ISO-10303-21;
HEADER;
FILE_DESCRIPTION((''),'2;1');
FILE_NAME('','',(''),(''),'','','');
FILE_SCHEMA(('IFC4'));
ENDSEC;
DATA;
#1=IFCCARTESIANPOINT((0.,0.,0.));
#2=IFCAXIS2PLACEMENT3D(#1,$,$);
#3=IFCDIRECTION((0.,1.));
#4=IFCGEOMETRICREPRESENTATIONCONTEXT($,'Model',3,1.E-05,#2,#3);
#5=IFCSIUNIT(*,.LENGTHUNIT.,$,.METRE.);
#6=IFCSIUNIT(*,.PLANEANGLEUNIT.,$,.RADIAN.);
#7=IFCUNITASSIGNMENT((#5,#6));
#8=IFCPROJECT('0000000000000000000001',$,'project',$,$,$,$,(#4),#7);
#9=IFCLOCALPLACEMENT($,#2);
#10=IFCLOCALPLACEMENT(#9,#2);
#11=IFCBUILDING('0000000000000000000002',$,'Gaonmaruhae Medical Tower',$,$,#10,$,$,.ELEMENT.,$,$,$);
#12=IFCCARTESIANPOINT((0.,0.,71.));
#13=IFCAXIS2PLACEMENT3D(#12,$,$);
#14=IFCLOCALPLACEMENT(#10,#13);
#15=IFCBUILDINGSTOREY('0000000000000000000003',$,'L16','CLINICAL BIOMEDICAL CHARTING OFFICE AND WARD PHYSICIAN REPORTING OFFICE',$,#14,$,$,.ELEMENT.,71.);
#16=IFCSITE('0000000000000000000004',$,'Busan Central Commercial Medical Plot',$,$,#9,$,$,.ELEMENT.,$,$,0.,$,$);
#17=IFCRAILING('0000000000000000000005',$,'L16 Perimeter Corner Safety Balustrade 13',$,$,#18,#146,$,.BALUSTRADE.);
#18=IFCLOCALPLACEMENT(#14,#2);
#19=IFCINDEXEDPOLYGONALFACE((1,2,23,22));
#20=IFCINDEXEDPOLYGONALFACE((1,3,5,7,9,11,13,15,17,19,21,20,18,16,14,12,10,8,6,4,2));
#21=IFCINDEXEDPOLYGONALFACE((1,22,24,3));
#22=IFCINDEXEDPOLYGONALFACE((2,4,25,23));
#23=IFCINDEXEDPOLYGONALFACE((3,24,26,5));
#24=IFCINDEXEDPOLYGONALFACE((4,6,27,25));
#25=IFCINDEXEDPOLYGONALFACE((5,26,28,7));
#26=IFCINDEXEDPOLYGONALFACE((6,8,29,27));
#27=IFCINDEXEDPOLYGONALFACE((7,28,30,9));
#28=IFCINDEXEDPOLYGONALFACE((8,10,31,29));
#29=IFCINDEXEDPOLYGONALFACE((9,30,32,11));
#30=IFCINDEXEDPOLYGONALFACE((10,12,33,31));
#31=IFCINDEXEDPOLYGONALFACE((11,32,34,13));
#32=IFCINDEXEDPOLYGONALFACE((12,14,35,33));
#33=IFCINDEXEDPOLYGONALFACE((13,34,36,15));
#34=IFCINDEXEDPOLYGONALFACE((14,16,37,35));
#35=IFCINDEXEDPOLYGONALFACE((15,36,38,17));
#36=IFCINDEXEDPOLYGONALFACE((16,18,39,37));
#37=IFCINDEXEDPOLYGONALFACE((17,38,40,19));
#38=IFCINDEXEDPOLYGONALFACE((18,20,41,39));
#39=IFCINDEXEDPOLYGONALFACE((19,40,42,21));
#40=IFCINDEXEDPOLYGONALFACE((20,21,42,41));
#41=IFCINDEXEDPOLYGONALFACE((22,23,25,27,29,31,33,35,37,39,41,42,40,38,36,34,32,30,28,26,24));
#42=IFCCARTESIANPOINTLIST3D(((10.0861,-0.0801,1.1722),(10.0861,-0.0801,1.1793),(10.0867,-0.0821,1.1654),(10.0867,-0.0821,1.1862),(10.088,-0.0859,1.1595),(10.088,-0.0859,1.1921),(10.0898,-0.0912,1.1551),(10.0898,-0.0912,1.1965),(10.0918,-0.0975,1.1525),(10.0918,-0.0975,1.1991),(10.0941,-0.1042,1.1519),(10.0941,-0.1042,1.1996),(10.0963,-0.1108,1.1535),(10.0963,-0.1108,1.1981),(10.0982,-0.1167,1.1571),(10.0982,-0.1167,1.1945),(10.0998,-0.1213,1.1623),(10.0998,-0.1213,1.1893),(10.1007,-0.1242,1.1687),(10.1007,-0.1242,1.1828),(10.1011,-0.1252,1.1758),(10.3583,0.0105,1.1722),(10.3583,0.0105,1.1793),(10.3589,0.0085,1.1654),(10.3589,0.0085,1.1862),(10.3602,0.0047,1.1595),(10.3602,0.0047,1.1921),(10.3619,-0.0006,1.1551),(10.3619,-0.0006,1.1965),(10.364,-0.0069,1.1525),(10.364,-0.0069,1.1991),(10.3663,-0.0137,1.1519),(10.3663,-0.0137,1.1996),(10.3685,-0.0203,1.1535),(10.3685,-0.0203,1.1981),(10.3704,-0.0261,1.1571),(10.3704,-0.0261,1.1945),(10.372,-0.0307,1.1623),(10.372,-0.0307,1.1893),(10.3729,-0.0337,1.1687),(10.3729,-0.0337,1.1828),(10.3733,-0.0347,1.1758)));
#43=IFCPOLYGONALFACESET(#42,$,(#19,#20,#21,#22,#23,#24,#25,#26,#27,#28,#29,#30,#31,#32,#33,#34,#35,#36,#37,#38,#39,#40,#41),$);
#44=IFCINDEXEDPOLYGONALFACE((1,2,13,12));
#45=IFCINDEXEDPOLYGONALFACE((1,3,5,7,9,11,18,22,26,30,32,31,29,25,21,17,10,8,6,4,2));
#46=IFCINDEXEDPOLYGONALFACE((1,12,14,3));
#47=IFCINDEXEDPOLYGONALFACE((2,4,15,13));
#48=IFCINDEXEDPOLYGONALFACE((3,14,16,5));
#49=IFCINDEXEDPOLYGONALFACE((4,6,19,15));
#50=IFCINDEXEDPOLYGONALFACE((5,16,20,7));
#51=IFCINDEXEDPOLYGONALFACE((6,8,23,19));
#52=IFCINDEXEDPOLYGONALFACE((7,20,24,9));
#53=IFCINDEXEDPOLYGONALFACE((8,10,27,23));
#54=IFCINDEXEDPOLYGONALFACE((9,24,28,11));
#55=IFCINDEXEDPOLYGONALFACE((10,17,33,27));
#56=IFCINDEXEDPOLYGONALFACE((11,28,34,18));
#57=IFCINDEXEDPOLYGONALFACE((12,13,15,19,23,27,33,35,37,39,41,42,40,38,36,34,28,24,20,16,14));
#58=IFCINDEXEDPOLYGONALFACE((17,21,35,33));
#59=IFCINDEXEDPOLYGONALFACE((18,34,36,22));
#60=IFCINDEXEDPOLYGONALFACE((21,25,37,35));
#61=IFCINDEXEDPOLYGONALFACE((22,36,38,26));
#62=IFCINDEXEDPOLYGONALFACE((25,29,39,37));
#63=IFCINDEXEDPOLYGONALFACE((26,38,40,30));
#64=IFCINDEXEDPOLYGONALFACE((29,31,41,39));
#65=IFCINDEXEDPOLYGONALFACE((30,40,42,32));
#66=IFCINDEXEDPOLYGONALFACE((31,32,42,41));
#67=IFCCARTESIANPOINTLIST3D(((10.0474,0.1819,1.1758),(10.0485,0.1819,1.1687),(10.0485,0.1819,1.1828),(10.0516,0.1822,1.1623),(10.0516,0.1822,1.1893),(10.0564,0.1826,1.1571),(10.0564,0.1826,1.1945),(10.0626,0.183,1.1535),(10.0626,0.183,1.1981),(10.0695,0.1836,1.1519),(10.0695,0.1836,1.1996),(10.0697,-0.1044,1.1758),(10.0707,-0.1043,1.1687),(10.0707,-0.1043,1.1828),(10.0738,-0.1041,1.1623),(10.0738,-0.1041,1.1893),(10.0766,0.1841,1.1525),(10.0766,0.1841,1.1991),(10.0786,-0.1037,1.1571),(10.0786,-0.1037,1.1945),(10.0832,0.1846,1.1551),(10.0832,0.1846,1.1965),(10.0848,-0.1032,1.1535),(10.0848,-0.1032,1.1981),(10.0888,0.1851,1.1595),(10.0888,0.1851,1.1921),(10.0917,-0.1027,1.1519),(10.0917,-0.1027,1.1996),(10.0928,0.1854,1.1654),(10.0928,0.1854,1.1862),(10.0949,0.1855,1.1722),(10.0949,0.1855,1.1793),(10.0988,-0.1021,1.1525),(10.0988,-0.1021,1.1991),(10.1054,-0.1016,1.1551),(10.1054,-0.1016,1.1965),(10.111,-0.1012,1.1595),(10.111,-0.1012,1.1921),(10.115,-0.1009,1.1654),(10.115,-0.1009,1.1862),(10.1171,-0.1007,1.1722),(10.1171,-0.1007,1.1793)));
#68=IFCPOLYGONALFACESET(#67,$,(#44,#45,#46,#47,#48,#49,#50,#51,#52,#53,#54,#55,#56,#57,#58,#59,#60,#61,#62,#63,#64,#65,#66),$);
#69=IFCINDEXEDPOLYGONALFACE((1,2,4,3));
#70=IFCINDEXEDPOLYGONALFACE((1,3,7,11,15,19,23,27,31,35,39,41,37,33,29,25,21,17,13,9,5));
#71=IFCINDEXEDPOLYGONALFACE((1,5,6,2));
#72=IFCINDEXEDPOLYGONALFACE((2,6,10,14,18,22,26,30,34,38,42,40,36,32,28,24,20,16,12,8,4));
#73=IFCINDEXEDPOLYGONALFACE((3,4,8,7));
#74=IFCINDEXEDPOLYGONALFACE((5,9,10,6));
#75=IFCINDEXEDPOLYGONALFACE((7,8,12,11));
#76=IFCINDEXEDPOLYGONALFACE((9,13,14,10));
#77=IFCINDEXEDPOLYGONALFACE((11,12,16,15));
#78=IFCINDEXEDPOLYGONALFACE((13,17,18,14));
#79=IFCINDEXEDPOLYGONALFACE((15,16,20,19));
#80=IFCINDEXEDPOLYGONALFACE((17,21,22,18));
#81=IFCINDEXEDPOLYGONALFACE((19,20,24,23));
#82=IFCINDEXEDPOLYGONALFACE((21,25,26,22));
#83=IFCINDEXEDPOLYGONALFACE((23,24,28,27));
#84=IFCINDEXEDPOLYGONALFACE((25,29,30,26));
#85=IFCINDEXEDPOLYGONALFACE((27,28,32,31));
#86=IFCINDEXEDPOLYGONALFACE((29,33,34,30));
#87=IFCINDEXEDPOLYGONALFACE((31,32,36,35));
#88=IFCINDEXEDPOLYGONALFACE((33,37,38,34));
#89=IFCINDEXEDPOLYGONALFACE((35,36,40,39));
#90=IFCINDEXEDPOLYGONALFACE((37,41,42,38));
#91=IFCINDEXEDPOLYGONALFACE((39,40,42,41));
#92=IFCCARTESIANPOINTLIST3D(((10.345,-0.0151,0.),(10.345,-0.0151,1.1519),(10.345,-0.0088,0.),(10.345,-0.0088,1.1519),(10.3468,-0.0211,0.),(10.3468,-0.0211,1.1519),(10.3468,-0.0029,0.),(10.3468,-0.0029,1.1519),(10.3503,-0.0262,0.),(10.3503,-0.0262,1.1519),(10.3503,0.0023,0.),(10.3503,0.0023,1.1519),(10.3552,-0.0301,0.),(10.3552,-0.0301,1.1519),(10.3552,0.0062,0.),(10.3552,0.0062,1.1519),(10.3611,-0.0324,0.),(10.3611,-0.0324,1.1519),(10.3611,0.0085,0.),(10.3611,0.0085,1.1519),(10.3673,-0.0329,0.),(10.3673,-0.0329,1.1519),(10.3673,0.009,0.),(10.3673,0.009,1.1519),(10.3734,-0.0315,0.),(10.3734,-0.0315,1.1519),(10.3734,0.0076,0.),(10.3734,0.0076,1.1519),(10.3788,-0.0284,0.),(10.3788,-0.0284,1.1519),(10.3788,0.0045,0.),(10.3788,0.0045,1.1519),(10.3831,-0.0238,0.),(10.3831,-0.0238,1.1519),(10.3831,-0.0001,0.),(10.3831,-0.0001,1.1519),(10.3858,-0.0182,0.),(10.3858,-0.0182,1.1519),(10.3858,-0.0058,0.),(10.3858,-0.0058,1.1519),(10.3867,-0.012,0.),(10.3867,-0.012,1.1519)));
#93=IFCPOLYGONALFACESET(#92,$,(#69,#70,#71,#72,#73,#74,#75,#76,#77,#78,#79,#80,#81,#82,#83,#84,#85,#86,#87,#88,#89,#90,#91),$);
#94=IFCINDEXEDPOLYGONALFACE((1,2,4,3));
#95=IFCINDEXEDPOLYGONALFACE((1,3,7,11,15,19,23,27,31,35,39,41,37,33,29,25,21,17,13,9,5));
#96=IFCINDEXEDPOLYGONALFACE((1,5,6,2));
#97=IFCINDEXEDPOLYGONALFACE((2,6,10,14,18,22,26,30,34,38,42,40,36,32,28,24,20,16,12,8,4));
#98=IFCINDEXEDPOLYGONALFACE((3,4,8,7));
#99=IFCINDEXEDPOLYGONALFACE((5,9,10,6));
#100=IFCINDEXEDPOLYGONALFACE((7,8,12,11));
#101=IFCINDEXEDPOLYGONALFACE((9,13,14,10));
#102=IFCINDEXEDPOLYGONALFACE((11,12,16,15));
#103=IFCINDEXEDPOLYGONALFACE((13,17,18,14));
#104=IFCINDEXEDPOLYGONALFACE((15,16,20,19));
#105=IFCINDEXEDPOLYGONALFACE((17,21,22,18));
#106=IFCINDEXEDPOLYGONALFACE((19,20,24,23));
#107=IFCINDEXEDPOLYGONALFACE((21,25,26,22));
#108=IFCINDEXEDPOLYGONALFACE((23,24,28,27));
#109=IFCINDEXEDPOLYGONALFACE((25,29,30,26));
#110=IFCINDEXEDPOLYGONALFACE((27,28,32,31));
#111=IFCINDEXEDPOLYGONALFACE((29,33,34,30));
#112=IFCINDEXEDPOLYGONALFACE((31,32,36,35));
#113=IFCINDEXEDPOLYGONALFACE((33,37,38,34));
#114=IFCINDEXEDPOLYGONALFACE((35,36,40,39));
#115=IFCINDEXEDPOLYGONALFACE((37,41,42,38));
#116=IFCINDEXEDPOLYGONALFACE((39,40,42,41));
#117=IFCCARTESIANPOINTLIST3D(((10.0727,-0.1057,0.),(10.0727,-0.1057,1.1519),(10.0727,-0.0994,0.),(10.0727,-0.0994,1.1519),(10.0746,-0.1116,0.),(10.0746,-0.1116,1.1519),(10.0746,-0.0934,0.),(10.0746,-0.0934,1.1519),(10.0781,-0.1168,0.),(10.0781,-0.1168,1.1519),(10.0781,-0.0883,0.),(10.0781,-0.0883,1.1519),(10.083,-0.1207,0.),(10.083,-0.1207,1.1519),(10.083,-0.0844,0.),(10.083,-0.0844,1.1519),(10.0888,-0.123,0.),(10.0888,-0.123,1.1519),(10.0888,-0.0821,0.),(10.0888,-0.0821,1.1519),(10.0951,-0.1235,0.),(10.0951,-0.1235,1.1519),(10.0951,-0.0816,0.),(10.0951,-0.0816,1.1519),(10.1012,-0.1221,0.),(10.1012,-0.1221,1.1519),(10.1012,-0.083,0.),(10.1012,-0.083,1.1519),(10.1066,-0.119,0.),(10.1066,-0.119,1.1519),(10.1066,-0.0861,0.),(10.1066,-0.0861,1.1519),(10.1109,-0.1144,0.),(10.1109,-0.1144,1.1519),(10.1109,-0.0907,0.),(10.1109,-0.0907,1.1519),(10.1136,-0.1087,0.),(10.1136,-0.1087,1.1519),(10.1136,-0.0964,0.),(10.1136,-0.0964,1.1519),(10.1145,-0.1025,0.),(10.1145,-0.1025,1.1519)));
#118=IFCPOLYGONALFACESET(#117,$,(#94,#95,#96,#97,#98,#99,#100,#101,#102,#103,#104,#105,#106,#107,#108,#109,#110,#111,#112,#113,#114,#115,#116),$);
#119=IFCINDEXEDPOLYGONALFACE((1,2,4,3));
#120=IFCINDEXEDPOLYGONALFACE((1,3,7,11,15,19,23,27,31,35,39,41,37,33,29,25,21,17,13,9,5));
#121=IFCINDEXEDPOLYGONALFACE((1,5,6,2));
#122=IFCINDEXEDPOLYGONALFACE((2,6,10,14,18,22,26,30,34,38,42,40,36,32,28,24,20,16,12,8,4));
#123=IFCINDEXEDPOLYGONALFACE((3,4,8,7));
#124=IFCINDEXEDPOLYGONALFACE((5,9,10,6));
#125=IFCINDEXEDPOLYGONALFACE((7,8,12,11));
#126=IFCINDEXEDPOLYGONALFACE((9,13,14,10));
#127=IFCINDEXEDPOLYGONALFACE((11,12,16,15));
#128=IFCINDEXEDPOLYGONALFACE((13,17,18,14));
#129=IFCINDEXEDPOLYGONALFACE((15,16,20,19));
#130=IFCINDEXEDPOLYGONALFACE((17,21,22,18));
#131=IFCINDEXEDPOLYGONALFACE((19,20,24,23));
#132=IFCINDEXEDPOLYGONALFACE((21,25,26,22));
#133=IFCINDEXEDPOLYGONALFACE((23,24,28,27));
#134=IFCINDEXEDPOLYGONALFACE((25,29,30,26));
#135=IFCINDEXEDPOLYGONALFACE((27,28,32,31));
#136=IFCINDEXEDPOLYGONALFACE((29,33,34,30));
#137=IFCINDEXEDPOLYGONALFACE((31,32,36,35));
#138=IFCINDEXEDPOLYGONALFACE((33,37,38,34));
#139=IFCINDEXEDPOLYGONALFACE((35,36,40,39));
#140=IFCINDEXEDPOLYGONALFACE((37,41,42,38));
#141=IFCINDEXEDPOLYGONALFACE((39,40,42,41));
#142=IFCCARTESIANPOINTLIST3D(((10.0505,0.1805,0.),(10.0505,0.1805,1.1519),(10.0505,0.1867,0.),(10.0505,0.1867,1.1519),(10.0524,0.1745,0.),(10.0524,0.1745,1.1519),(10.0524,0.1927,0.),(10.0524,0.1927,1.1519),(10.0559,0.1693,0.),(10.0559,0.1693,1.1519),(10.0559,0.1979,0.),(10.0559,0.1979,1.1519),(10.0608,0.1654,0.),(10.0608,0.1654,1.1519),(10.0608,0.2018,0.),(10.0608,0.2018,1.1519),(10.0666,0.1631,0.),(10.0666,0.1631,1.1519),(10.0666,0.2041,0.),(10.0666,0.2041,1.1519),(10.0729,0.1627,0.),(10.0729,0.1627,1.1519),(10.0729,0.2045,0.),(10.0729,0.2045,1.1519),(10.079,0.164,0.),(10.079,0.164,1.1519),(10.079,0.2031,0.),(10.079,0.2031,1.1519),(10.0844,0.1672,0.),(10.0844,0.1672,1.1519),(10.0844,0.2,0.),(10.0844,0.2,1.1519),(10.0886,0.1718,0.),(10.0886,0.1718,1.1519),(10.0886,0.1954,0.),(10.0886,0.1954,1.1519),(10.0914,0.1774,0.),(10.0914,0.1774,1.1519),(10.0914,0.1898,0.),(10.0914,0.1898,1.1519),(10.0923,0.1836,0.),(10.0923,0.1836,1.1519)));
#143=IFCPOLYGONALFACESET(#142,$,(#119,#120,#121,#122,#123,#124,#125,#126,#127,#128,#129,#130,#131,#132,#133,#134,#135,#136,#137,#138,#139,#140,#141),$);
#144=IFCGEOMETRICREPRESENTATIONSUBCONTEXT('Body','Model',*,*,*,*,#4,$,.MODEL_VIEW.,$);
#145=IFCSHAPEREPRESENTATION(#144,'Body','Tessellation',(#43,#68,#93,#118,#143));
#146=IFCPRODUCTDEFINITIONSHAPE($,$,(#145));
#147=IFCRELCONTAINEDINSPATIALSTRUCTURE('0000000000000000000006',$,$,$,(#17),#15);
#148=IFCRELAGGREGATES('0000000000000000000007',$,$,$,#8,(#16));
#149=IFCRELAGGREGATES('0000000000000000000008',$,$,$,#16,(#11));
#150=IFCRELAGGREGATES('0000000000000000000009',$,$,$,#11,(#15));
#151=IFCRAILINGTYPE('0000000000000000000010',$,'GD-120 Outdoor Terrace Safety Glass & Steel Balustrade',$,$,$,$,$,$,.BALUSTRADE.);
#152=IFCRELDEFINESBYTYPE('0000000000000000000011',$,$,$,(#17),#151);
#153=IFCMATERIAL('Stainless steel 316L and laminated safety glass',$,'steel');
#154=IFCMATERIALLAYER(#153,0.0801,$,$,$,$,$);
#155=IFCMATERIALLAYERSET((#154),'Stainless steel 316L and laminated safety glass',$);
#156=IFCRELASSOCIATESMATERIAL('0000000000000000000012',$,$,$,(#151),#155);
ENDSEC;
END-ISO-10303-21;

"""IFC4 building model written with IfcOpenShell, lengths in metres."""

from ifc_helpers import new_model, si_unit, direction, frame, origin, origin_2d, place, context, subcontext, project, spatial, circle, extrude, material, layer, layer_set, type_object, element, save


model = new_model("IFC4")

# Units and contexts
model_context = context("Model", 3, precision=1e-05, world=origin(), true_north=direction((0.0, 1.0)))
body_context = subcontext(model_context, "Body", "Model", "MODEL_VIEW")
ifc_project = project(units=[si_unit("LENGTHUNIT", "METRE"), si_unit("PLANEANGLEUNIT", "RADIAN")], contexts=[model_context])

# Site, building, storey
site_placement = place(None, origin())
site = spatial("IfcSite", under=ifc_project, at=site_placement, Name="Busan Central Commercial Medical Plot", CompositionType="ELEMENT", RefElevation=0.0)
building_placement = place(site_placement, origin())
building = spatial("IfcBuilding", under=site, at=building_placement, Name="Gaonmaruhae Medical Tower", CompositionType="ELEMENT")
storey_placement = place(building_placement, frame((0.0, 0.0, 71.0)))
storey = spatial("IfcBuildingStorey", under=building, at=storey_placement, Name="L16", Description="CLINICAL BIOMEDICAL CHARTING OFFICE AND WARD PHYSICIAN REPORTING OFFICE", CompositionType="ELEMENT", Elevation=71.0)

# Railing
ifc_material_1 = material(Name="Stainless steel 316L and laminated safety glass", Category="steel")
ifc_layer_1 = layer(ifc_material_1, 0.0801)
ifc_layer_set_1 = layer_set([ifc_layer_1], Name="Stainless steel 316L and laminated safety glass")
railing_type = type_object("IfcRailingType", Name="GD-120 Outdoor Terrace Safety Glass & Steel Balustrade", PredefinedType="BALUSTRADE", material=ifc_layer_set_1)
railing_1_placement = place(storey_placement, frame((10.3657, -0.012, 0.0)))
element("IfcRailing", 1, at=railing_1_placement, inside=storey, type_object=railing_type, Name="L16 Perimeter Corner Safety Balustrade 13", PredefinedType="BALUSTRADE", context=body_context, shape_type="SweptSolid", body=[
    extrude(circle(Radius=0.0239, at=origin_2d()), frame((0.0, 0.0, 1.1758), z_axis=(-0.948853, -0.315717, 0.0), x_axis=(0.315717, -0.948853, 0.0)), (0.0, 0.0, 1.0), 0.2869),
    extrude(circle(Radius=0.0239, at=origin_2d()), frame((-0.2722, -0.0906, 1.1758), z_axis=(-0.077412, 0.996999, 0.0), x_axis=(-0.996999, -0.077412, 0.0)), (0.0, 0.0, 1.0), 0.2871),
    extrude(circle(Radius=0.021, at=origin_2d()), origin(), (0.0, 0.0, 1.0), 1.1519),
    extrude(circle(Radius=0.021, at=origin_2d()), frame((-0.2722, -0.0906, 0.0)), (0.0, 0.0, 1.0), 1.1519),
    extrude(circle(Radius=0.021, at=origin_2d()), frame((-0.2944, 0.1956, 0.0)), (0.0, 0.0, 1.0), 1.1519),
])

save(model, "model.ifc")
